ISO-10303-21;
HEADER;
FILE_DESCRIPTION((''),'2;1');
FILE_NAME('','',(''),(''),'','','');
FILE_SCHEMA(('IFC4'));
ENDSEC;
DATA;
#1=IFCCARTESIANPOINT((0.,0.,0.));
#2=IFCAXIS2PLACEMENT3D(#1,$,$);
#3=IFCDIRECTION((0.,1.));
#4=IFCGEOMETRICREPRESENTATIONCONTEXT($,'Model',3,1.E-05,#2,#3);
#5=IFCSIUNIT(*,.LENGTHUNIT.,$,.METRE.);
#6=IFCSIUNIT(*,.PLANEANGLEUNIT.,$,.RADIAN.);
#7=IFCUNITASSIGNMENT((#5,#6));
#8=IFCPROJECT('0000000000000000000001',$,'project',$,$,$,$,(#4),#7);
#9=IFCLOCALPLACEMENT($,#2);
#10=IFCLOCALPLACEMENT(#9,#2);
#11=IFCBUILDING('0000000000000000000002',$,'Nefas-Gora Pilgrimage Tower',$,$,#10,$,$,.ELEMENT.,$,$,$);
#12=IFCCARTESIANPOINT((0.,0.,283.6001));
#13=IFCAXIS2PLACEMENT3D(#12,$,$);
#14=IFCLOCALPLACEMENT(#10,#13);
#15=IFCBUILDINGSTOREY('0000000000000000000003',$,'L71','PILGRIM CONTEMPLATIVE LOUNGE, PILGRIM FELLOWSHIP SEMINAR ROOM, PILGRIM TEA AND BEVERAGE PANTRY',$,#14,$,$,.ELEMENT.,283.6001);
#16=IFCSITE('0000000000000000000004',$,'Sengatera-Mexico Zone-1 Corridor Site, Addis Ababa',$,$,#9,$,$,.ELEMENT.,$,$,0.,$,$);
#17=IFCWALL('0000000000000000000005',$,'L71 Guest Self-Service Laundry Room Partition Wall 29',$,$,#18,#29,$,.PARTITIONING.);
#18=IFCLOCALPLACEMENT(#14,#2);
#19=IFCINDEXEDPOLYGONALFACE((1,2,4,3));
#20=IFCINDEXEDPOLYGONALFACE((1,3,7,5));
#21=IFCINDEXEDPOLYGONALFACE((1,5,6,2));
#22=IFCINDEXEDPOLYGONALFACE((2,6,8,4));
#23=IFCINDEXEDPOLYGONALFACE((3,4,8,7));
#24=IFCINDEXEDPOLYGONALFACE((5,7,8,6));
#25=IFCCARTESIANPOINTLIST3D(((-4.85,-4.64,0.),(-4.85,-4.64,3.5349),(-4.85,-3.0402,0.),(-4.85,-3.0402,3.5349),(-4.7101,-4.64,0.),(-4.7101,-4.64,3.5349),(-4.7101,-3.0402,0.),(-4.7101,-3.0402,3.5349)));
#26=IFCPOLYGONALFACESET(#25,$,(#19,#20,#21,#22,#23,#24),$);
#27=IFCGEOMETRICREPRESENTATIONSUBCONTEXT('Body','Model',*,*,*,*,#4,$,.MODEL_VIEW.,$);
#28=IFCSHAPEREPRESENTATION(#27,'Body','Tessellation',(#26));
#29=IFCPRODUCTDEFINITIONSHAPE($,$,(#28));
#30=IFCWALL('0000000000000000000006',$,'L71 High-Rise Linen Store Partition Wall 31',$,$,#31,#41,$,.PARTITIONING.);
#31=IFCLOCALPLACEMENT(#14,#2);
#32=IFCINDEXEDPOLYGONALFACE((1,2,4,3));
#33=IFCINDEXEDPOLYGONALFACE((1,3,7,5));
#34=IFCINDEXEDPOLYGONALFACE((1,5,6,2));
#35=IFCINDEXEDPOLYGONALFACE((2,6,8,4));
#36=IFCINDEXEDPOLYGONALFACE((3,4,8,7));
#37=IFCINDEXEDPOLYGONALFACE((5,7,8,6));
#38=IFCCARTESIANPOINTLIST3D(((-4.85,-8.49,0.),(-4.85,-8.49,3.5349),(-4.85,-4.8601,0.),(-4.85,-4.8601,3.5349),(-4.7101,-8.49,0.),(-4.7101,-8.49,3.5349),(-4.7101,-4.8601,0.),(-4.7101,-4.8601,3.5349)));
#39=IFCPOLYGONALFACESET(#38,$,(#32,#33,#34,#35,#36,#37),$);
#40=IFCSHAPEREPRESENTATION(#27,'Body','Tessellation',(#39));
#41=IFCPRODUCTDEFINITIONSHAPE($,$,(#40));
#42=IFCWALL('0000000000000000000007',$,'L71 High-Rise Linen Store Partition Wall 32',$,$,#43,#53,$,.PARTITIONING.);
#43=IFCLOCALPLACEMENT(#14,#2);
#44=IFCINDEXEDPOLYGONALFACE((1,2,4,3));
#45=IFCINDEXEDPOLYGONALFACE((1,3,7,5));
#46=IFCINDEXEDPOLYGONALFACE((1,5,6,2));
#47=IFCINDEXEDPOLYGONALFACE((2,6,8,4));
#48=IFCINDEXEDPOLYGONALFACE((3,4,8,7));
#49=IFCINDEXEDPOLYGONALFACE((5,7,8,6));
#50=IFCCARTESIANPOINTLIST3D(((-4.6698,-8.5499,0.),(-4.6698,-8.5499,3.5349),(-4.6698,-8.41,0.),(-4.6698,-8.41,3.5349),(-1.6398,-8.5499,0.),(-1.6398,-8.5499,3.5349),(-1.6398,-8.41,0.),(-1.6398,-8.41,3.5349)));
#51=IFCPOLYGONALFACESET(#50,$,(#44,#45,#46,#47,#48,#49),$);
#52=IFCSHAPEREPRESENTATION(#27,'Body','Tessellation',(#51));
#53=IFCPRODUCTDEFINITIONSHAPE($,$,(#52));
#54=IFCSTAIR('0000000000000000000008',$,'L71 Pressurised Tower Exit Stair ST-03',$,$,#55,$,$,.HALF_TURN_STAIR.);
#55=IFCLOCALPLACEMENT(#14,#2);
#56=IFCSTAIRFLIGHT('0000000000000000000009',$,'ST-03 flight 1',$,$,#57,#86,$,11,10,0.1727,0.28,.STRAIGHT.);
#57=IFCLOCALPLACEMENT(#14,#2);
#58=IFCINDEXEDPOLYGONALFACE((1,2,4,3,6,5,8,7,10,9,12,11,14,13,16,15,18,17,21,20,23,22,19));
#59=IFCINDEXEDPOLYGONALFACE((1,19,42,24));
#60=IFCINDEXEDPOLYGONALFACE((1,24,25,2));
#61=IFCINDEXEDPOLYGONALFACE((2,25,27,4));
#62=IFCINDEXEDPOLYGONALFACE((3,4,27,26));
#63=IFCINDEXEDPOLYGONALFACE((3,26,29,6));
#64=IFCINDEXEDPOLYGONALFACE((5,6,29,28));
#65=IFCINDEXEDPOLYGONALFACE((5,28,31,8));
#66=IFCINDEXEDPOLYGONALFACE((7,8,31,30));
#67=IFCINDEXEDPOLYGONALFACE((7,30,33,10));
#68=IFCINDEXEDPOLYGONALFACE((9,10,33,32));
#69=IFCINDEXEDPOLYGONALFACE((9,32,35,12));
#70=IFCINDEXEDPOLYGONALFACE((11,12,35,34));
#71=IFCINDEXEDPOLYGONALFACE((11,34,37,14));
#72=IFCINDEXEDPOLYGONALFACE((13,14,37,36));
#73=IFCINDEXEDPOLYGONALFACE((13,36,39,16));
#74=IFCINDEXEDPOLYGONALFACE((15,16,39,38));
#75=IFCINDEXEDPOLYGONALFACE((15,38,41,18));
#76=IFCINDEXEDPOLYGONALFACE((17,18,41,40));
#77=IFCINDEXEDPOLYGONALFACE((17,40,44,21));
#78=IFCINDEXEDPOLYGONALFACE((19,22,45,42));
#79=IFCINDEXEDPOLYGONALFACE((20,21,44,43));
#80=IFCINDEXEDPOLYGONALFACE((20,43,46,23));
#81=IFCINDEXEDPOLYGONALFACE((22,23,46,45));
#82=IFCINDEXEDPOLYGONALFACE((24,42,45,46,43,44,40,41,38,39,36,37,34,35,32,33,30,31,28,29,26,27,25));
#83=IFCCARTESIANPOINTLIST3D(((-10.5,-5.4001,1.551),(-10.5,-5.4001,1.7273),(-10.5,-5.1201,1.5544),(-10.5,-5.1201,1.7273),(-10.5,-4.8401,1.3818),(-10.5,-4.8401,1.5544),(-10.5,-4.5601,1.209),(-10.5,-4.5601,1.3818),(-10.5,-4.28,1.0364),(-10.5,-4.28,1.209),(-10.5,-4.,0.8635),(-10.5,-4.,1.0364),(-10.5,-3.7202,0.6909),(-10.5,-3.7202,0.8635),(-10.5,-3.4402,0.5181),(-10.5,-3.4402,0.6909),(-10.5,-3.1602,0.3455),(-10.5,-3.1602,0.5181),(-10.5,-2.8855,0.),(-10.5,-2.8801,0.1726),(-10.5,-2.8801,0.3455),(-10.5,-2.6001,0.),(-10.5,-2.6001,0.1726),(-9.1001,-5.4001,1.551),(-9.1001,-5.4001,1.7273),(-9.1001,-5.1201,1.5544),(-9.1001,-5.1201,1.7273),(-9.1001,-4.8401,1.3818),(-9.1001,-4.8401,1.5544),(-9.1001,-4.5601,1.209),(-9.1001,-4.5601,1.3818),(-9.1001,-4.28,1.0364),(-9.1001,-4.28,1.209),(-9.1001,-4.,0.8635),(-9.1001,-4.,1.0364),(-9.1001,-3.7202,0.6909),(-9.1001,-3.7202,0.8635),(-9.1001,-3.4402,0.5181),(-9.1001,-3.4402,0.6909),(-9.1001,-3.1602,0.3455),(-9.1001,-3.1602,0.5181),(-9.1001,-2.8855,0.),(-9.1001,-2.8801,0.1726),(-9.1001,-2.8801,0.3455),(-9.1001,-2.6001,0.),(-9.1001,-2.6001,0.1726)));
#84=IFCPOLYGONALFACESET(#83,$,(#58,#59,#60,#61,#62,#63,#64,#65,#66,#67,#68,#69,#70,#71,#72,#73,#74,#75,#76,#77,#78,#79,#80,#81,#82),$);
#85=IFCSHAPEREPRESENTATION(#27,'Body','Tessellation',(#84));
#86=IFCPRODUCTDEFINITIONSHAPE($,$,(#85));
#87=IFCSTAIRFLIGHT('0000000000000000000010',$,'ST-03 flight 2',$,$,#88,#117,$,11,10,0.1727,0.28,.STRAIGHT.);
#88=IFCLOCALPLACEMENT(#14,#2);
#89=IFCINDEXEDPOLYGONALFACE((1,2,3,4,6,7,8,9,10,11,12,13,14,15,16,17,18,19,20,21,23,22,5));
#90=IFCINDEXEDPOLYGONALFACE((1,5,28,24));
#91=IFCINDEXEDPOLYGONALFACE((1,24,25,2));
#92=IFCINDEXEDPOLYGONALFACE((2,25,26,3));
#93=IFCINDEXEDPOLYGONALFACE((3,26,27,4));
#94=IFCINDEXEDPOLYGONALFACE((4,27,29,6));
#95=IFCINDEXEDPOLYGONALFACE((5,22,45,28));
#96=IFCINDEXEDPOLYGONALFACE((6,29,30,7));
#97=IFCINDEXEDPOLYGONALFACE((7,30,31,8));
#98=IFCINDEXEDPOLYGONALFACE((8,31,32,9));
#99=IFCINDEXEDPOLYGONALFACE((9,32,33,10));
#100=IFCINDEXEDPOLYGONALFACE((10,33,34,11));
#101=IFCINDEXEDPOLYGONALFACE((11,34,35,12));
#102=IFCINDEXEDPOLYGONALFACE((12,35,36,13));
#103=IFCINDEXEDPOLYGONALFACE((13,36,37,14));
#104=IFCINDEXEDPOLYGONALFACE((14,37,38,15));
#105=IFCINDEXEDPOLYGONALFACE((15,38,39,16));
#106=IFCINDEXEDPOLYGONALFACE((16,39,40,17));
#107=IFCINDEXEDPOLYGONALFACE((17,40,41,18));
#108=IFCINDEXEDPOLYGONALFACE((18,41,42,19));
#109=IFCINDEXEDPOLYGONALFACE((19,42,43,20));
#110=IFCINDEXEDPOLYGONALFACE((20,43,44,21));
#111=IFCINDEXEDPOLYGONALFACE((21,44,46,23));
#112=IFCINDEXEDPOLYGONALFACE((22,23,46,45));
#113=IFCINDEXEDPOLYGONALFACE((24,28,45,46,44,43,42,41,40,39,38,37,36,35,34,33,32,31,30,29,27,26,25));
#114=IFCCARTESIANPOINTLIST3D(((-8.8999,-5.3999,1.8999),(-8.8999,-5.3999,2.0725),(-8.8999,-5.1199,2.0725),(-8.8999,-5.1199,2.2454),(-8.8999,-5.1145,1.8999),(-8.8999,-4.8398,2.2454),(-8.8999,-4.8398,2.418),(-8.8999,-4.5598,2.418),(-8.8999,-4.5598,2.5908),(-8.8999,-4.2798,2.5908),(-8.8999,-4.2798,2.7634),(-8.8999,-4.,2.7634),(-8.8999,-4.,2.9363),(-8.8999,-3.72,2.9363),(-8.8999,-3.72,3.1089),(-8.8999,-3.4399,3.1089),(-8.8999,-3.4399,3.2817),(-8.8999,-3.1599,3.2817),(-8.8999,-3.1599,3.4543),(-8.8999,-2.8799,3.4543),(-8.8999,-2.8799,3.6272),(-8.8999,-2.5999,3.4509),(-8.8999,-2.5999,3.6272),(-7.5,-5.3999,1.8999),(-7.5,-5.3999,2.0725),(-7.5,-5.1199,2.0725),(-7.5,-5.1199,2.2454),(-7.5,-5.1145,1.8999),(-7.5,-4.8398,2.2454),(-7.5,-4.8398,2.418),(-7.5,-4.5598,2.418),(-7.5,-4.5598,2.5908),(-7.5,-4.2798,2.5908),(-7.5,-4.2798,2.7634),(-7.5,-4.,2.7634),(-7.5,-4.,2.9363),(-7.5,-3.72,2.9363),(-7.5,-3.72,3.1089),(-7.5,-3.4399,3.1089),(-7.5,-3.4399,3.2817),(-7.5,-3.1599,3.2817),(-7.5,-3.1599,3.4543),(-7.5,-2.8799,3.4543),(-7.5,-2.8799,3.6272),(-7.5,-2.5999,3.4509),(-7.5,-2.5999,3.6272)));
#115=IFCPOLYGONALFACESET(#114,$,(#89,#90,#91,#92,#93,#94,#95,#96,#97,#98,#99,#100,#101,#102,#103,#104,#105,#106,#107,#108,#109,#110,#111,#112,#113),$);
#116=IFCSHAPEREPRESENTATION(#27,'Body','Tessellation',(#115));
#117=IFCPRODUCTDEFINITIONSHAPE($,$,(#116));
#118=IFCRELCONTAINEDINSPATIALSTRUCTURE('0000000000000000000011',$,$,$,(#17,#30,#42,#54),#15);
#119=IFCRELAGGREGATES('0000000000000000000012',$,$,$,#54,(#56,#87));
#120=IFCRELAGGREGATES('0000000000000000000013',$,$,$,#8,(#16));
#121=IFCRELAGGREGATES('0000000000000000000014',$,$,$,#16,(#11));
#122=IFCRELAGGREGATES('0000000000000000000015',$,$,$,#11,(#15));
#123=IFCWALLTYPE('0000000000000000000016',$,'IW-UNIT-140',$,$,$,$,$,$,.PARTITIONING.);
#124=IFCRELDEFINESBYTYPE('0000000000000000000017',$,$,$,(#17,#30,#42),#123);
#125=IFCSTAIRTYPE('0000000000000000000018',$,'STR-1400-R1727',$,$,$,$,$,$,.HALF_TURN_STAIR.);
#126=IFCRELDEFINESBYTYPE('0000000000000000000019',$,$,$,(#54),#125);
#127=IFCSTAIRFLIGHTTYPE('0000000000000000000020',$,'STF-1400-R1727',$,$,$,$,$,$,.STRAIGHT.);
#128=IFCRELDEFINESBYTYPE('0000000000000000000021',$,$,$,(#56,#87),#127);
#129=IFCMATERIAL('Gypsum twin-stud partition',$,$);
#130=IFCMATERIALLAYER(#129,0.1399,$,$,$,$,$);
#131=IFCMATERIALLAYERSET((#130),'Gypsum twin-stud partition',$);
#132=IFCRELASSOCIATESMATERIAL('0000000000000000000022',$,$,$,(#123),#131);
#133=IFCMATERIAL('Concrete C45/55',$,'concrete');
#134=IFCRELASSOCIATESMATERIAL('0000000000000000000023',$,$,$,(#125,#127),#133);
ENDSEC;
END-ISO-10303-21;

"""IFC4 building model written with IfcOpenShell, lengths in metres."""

from ifc_helpers import new_model, si_unit, direction, frame, frame_2d, origin, place, context, subcontext, project, spatial, polyline, rectangle, outline, extrude, source, transform, mapped, material, layer, layer_set, type_object, element, aggregate, save


model = new_model("IFC4")

# Units and contexts
model_context = context("Model", 3, precision=1e-05, world=origin(), true_north=direction((0.0, 1.0)))
body_context = subcontext(model_context, "Body", "Model", "MODEL_VIEW")
ifc_project = project(units=[si_unit("LENGTHUNIT", "METRE"), si_unit("PLANEANGLEUNIT", "RADIAN")], contexts=[model_context])

# Site, building, storey
site_placement = place(None, origin())
site = spatial("IfcSite", under=ifc_project, at=site_placement, Name="Sengatera-Mexico Zone-1 Corridor Site, Addis Ababa", CompositionType="ELEMENT", RefElevation=0.0)
building_placement = place(site_placement, origin())
building = spatial("IfcBuilding", under=site, at=building_placement, Name="Nefas-Gora Pilgrimage Tower", CompositionType="ELEMENT")
storey_placement = place(building_placement, frame((0.0, 0.0, 283.6001)))
storey = spatial("IfcBuildingStorey", under=building, at=storey_placement, Name="L71", Description="PILGRIM CONTEMPLATIVE LOUNGE, PILGRIM FELLOWSHIP SEMINAR ROOM, PILGRIM TEA AND BEVERAGE PANTRY", CompositionType="ELEMENT", Elevation=283.6001)

# Shared definitions
ifc_material_1 = material(Name="Concrete C45/55", Category="concrete")

# Walls
ifc_material_2 = material(Name="Gypsum twin-stud partition")
ifc_layer_1 = layer(ifc_material_2, 0.1399)
ifc_layer_set_1 = layer_set([ifc_layer_1], Name="Gypsum twin-stud partition")
wall_type_1 = type_object("IfcWallType", Name="IW-UNIT-140", PredefinedType="PARTITIONING", material=ifc_layer_set_1)
shared_shape_1 = source(origin(), body_context, "Body", "SweptSolid", [
    extrude(rectangle(XDim=1.5999, YDim=0.1399, at=frame_2d((0.7998, 0.0))), origin(), (0.0, 0.0, 1.0), 3.5349),
])
wall_1_placement = place(storey_placement, frame((-4.78, -4.6399, 0.0), z_axis=(0.0, 0.0, 1.0), x_axis=(0.0, 1.0, 0.0)))
element("IfcWall", 1, at=wall_1_placement, inside=storey, type_object=wall_type_1, Name="L71 Guest Self-Service Laundry Room Partition Wall 29", PredefinedType="PARTITIONING", context=body_context, shape_type="MappedRepresentation", body=[
    mapped(shared_shape_1, transform((0.0, 0.0, 0.0), x_axis=(1.0, 0.0, 0.0), y_axis=(0.0, 1.0, 0.0), z_axis=(0.0, 0.0, 1.0), scale=1.0)),
])
shared_shape_2 = source(origin(), body_context, "Body", "SweptSolid", [
    extrude(rectangle(XDim=3.6299, YDim=0.1399, at=frame_2d((1.8149, 0.0))), origin(), (0.0, 0.0, 1.0), 3.5349),
])
wall_2_placement = place(storey_placement, frame((-4.78, -8.49, 0.0), z_axis=(0.0, 0.0, 1.0), x_axis=(0.0, 1.0, 0.0)))
element("IfcWall", 2, at=wall_2_placement, inside=storey, type_object=wall_type_1, Name="L71 High-Rise Linen Store Partition Wall 31", PredefinedType="PARTITIONING", context=body_context, shape_type="MappedRepresentation", body=[
    mapped(shared_shape_2, transform((0.0, 0.0, 0.0), x_axis=(1.0, 0.0, 0.0), y_axis=(0.0, 1.0, 0.0), z_axis=(0.0, 0.0, 1.0), scale=1.0)),
])
shared_shape_3 = source(origin(), body_context, "Body", "SweptSolid", [
    extrude(rectangle(XDim=3.03, YDim=0.1399, at=frame_2d((1.5151, 0.0))), origin(), (0.0, 0.0, 1.0), 3.5349),
])
wall_3_placement = place(storey_placement, frame((-4.6699, -8.48, 0.0), z_axis=(0.0, 0.0, 1.0), x_axis=(1.0, 0.0, 0.0)))
element("IfcWall", 3, at=wall_3_placement, inside=storey, type_object=wall_type_1, Name="L71 High-Rise Linen Store Partition Wall 32", PredefinedType="PARTITIONING", context=body_context, shape_type="MappedRepresentation", body=[
    mapped(shared_shape_3, transform((0.0, 0.0, 0.0), x_axis=(1.0, 0.0, 0.0), y_axis=(0.0, 1.0, 0.0), z_axis=(0.0, 0.0, 1.0), scale=1.0)),
])

# Stair, stair flights
stair_type = type_object("IfcStairType", Name="STR-1400-R1727", PredefinedType="HALF_TURN_STAIR", material=ifc_material_1)
stair_placement = place(storey_placement, origin())
stair = element("IfcStair", 4, at=stair_placement, inside=storey, type_object=stair_type, Name="L71 Pressurised Tower Exit Stair ST-03", PredefinedType="HALF_TURN_STAIR")
stair_flight_type = type_object("IfcStairFlightType", Name="STF-1400-R1727", PredefinedType="STRAIGHT", material=ifc_material_1)
shared_shape_4 = source(origin(), body_context, "Body", "SweptSolid", [
    extrude(outline(polyline([(0.0, 0.0), (0.0, 0.1726), (0.28, 0.1726), (0.28, 0.3455), (0.5601, 0.3455), (0.5601, 0.5181), (0.8401, 0.5181), (0.8401, 0.6909), (1.1201, 0.6909), (1.1201, 0.8635), (1.3999, 0.8635), (1.3999, 1.0364), (1.6799, 1.0364), (1.6799, 1.209), (1.96, 1.209), (1.96, 1.3818), (2.24, 1.3818), (2.24, 1.5544), (2.52, 1.5544), (2.52, 1.7273), (2.8, 1.7273), (2.8, 1.8999), (2.8, 1.551), (0.2854, 0.0), (0.0, 0.0)])), frame((0.0, 0.7, 0.0), z_axis=(0.0, -1.0, 0.0), x_axis=(1.0, 0.0, 0.0)), (0.0, 0.0, 1.0), 1.3999),
])
stair_flight_1_placement = place(storey_placement, frame((-9.8, -2.6001, 0.0), z_axis=(0.0, 0.0, 1.0), x_axis=(0.0, -1.0, 0.0)))
stair_flight_1 = element("IfcStairFlight", 5, at=stair_flight_1_placement, type_object=stair_flight_type, Name="ST-03 flight 1", NumberOfRisers=11, NumberOfTreads=10, PredefinedType="STRAIGHT", RiserHeight=0.1727, TreadLength=0.28, context=body_context, shape_type="MappedRepresentation", body=[
    mapped(shared_shape_4, transform((0.0, 0.0, 0.0), x_axis=(1.0, 0.0, 0.0), y_axis=(0.0, 1.0, 0.0), z_axis=(0.0, 0.0, 1.0), scale=1.0)),
])
stair_flight_2_placement = place(storey_placement, frame((-8.2, -5.3999, 1.8999), z_axis=(0.0, 0.0, 1.0), x_axis=(0.0, 1.0, 0.0)))
stair_flight_2 = element("IfcStairFlight", 6, at=stair_flight_2_placement, type_object=stair_flight_type, Name="ST-03 flight 2", NumberOfRisers=11, NumberOfTreads=10, PredefinedType="STRAIGHT", RiserHeight=0.1727, TreadLength=0.28, context=body_context, shape_type="MappedRepresentation", body=[
    mapped(shared_shape_4, transform((0.0, 0.0, 0.0), x_axis=(1.0, 0.0, 0.0), y_axis=(0.0, 1.0, 0.0), z_axis=(0.0, 0.0, 1.0), scale=1.0)),
])
aggregate(stair, [stair_flight_1, stair_flight_2])

save(model, "model.ifc")
